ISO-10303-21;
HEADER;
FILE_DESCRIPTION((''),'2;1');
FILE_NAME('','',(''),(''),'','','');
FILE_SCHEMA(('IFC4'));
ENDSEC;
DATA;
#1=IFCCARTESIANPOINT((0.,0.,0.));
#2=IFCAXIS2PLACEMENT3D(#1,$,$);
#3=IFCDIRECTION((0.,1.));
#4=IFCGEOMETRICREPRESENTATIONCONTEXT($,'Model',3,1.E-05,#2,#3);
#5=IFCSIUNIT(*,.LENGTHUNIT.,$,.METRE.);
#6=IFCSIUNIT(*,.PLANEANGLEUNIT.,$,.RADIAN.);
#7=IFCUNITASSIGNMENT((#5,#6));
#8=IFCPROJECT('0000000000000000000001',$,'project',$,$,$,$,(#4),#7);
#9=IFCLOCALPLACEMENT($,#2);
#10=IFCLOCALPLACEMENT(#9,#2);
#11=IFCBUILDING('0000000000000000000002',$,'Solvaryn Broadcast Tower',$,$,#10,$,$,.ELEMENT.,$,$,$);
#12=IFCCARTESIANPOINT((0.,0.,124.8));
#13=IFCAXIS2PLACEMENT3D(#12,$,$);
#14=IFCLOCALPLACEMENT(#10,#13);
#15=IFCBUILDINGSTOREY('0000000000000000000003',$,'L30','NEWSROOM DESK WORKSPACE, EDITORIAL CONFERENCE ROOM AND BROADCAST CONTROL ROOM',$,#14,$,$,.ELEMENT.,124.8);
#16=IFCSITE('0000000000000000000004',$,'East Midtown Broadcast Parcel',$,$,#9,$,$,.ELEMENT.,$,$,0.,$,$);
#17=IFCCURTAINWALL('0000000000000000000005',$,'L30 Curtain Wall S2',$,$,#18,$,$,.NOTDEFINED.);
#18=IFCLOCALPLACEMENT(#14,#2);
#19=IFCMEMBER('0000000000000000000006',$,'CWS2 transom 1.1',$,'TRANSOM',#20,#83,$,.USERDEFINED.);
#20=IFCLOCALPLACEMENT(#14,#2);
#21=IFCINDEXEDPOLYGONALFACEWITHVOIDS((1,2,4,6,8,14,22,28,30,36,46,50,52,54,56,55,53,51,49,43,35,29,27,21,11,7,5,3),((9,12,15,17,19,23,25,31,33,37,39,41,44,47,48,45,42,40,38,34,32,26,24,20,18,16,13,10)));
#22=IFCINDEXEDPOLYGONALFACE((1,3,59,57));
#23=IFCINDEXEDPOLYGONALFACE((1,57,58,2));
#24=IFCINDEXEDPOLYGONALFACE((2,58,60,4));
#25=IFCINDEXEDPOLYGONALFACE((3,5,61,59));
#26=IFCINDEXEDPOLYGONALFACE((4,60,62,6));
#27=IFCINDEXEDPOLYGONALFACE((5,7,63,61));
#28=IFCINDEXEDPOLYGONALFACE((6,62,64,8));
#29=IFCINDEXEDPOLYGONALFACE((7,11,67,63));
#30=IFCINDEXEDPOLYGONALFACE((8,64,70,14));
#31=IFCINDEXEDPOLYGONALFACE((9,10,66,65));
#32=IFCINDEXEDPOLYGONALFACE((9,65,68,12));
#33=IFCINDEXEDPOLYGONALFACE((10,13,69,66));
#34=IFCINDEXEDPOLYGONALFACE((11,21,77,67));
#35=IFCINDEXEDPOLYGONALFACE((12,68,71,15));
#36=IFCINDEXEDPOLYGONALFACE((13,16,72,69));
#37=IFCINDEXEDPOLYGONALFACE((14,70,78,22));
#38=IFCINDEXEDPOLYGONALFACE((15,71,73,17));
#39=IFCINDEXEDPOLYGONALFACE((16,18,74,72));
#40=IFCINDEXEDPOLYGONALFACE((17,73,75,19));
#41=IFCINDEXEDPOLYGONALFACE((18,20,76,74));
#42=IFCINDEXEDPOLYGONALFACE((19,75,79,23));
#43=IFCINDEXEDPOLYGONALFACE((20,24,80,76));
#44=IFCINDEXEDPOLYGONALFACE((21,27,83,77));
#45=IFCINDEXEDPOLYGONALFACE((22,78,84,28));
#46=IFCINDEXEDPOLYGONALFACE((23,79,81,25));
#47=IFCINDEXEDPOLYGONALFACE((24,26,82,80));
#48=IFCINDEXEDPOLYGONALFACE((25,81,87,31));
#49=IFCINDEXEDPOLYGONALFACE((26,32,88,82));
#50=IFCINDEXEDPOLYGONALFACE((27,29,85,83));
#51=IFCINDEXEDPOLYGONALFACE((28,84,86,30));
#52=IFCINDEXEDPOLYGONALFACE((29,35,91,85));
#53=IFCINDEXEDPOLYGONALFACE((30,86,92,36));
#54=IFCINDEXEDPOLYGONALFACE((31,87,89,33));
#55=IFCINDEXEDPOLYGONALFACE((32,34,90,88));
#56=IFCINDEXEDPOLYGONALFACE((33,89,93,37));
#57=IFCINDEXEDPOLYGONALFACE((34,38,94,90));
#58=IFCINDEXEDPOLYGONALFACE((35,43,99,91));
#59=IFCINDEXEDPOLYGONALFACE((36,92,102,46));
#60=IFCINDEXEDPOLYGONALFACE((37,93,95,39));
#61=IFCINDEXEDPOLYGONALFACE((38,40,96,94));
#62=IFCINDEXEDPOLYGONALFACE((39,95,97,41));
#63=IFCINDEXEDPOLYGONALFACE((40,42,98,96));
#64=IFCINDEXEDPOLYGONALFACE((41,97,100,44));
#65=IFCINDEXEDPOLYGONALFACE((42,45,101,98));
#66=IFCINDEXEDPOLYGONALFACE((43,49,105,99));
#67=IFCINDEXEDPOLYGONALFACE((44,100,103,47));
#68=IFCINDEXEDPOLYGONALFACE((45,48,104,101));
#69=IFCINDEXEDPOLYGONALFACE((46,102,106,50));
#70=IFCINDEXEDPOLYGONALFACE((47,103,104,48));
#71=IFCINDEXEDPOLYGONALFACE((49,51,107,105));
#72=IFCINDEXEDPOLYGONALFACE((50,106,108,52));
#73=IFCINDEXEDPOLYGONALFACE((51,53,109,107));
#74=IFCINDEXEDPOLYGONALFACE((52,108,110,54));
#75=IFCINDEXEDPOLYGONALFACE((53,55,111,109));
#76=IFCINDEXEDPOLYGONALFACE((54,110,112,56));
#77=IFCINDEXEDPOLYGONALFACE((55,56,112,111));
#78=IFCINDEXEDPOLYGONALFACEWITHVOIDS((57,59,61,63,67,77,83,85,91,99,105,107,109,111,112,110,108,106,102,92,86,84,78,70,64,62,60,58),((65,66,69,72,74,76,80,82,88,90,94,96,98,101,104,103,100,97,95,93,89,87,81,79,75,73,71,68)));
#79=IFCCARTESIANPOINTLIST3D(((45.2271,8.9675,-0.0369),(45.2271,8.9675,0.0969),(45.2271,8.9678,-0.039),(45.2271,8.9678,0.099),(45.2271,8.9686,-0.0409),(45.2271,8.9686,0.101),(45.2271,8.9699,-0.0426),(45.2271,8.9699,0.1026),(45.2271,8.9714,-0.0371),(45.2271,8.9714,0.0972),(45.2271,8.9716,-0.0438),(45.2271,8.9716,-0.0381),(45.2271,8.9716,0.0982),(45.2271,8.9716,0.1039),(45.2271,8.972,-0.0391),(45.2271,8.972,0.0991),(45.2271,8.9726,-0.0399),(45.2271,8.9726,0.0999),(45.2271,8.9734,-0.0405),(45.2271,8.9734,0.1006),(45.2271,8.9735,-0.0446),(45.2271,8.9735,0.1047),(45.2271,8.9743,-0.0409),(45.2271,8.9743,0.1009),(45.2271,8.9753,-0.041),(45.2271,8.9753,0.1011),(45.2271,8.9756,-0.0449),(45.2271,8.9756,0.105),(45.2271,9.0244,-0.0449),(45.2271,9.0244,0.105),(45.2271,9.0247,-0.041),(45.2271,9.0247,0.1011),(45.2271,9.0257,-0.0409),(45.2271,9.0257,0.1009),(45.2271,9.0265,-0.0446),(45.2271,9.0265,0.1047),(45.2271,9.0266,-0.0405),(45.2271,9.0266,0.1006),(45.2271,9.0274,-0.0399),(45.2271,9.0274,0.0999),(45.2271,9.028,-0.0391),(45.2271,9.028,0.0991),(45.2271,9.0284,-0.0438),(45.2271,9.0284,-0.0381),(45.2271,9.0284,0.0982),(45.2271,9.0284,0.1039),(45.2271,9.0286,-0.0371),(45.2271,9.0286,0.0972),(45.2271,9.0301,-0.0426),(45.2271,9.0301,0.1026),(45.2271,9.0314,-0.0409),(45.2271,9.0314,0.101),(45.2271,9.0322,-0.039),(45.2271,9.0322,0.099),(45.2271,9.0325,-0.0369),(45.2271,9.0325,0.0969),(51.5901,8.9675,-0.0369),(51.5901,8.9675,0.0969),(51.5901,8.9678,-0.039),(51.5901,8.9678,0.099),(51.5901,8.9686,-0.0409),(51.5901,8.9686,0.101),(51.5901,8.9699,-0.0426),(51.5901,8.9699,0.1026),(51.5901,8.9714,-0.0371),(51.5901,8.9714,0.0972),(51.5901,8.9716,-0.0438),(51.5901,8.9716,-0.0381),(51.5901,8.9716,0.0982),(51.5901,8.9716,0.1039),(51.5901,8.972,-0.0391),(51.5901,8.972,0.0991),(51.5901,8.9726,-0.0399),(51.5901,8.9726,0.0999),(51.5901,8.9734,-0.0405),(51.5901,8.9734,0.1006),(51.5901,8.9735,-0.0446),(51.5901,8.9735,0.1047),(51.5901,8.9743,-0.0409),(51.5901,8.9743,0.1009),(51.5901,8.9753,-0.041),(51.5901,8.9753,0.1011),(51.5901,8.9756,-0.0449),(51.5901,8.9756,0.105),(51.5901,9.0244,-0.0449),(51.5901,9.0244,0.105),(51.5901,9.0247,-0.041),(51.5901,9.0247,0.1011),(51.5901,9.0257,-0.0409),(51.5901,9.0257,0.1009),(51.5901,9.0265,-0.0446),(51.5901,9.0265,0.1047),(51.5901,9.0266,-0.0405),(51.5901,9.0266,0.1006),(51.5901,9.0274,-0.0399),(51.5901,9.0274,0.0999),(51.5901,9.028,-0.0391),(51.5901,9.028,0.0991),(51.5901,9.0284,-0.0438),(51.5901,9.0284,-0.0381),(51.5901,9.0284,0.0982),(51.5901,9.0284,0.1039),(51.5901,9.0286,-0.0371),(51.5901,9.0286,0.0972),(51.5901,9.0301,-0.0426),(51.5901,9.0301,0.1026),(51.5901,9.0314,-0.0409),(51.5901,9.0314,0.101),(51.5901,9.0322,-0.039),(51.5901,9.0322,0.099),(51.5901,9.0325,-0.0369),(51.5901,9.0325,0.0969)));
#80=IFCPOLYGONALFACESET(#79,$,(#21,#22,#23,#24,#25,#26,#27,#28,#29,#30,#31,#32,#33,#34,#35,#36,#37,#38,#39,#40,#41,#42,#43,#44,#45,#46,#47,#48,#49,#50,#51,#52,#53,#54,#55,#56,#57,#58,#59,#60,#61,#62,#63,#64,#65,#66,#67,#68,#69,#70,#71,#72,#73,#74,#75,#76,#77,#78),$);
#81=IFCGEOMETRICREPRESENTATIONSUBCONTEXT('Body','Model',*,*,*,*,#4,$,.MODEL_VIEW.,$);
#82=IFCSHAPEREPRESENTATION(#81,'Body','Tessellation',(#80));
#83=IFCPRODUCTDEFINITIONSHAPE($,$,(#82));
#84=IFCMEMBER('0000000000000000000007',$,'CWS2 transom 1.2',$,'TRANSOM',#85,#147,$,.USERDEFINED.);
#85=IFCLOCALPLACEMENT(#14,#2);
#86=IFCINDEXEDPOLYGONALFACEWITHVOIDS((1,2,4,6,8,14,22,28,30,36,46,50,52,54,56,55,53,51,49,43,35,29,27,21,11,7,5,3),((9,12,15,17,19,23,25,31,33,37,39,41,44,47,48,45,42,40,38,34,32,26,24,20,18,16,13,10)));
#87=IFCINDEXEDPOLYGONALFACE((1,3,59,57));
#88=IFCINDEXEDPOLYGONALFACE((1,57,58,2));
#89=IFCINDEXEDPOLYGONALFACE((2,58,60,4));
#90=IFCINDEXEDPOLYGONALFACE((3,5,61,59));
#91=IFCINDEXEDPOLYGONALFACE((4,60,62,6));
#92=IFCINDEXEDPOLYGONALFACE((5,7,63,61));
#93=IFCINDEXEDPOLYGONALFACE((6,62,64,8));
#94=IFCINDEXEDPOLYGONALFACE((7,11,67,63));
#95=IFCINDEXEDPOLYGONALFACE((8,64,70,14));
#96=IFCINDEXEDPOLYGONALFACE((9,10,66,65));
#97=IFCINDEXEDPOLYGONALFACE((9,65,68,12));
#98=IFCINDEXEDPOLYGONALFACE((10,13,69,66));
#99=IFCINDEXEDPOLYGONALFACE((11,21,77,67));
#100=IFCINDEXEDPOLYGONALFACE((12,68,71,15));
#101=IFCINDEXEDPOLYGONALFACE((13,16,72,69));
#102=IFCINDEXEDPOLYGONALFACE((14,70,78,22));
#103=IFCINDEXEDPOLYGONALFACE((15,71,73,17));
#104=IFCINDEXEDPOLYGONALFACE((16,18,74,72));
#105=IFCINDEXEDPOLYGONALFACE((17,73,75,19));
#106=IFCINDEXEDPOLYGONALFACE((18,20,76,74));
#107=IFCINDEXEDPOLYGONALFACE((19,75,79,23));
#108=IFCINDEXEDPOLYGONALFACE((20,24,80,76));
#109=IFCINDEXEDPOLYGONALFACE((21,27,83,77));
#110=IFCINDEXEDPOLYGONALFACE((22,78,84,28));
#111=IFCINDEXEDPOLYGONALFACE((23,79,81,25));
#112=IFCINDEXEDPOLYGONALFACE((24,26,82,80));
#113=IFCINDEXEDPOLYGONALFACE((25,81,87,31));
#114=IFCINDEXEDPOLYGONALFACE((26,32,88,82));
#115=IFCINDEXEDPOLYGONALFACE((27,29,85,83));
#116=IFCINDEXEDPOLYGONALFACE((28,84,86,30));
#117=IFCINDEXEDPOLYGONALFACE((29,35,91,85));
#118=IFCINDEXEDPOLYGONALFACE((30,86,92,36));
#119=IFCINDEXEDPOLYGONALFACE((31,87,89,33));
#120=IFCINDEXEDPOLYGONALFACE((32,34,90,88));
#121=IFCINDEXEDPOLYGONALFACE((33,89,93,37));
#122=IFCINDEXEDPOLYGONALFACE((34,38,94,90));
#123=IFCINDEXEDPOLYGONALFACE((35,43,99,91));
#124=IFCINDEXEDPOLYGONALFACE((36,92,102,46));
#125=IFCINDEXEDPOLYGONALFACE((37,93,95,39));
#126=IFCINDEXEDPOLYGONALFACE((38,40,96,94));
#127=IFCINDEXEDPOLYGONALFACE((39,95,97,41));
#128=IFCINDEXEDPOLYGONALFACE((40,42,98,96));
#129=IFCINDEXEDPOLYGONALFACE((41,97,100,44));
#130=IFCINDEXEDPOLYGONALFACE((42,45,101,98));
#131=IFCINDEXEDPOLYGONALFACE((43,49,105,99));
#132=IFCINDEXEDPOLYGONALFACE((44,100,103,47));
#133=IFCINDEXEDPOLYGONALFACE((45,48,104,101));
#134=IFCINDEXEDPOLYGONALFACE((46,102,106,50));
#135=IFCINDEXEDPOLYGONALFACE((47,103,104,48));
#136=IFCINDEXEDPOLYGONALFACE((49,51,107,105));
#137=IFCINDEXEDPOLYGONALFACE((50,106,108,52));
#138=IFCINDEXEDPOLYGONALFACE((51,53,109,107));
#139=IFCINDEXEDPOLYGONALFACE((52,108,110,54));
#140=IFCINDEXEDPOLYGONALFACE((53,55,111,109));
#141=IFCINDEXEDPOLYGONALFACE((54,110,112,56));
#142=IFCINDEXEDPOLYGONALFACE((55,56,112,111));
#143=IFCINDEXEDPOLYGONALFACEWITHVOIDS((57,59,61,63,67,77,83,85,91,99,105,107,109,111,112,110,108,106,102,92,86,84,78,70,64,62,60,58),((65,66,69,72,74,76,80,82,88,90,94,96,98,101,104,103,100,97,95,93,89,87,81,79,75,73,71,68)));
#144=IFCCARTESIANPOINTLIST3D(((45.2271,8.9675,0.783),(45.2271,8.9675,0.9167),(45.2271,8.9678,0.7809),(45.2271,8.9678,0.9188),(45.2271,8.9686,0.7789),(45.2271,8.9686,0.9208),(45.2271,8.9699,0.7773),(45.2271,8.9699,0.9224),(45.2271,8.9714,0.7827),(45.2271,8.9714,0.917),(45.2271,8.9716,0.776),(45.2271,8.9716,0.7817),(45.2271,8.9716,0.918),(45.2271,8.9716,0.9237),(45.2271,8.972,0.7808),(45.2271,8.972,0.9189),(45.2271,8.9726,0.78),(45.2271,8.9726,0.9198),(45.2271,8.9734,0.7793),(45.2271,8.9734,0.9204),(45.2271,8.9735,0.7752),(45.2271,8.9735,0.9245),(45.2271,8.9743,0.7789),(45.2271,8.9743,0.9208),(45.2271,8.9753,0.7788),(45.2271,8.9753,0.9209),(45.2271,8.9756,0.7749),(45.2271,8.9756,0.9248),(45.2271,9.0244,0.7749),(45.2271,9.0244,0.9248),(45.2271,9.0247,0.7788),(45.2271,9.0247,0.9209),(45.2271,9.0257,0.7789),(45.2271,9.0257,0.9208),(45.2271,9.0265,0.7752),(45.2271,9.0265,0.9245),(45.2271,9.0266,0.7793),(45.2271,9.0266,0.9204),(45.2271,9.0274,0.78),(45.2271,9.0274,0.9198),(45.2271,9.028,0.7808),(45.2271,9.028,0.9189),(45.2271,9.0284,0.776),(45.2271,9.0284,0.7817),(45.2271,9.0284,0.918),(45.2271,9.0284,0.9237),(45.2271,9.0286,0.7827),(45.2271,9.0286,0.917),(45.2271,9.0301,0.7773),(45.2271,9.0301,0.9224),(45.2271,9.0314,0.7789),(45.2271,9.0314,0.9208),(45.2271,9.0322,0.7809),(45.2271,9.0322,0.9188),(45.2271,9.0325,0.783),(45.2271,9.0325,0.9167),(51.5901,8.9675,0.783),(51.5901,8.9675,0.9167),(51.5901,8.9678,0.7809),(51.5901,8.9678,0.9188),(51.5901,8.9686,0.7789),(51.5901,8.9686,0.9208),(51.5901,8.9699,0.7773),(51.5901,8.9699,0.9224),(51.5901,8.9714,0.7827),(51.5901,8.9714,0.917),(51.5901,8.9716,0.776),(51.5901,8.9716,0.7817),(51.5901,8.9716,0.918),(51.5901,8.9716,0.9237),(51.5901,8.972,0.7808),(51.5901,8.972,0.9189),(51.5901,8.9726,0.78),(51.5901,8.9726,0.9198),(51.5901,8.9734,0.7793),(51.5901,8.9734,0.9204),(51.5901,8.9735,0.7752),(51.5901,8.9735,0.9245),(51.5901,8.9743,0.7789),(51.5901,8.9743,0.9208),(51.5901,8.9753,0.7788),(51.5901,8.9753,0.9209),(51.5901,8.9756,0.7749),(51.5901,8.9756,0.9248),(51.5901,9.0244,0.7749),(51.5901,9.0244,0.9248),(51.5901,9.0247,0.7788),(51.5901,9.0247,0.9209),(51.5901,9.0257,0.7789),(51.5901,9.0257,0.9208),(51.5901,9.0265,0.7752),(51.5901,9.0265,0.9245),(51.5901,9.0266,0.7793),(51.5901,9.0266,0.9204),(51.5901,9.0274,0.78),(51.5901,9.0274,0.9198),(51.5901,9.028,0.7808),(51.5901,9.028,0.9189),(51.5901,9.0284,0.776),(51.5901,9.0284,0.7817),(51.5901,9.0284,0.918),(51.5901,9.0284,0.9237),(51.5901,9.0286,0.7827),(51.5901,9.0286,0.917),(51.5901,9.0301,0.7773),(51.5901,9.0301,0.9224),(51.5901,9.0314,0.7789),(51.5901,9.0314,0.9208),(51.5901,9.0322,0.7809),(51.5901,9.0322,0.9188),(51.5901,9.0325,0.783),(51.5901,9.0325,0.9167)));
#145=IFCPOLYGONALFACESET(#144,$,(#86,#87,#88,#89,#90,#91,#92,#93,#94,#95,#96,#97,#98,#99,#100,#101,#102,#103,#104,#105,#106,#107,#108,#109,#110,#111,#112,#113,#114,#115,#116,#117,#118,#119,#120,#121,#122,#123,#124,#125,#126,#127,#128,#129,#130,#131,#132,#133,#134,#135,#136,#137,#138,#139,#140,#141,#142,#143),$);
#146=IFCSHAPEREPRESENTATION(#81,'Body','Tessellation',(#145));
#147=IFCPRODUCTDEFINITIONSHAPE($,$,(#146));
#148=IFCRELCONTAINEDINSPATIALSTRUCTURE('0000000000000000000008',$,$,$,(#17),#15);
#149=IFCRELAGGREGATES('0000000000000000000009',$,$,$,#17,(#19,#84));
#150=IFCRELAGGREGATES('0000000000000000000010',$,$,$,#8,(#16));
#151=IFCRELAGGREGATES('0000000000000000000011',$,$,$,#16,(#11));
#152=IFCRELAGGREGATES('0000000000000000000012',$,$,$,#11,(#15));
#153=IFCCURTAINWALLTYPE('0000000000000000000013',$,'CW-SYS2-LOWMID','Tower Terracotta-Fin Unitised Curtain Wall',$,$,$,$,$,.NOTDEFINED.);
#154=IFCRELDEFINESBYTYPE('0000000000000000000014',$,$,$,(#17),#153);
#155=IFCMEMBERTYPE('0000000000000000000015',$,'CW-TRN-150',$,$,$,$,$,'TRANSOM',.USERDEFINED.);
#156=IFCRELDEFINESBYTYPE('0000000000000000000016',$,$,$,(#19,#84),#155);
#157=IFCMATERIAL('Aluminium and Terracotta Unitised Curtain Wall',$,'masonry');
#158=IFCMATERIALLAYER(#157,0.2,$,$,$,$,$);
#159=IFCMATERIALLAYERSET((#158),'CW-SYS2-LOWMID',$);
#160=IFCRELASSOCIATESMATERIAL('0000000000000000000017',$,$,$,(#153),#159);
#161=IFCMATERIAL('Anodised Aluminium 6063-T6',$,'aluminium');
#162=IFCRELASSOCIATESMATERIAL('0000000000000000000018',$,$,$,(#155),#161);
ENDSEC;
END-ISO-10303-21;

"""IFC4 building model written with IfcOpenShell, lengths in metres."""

from ifc_helpers import new_model, si_unit, direction, frame, origin, origin_2d, place, context, subcontext, project, spatial, hollow_rectangle, extrude, material, layer, layer_set, material_profile, profile_set, type_object, element, aggregate, save


model = new_model("IFC4")

# Units and contexts
model_context = context("Model", 3, precision=1e-05, world=origin(), true_north=direction((0.0, 1.0)))
body_context = subcontext(model_context, "Body", "Model", "MODEL_VIEW")
ifc_project = project(units=[si_unit("LENGTHUNIT", "METRE"), si_unit("PLANEANGLEUNIT", "RADIAN")], contexts=[model_context])

# Site, building, storey
site_placement = place(None, origin())
site = spatial("IfcSite", under=ifc_project, at=site_placement, Name="East Midtown Broadcast Parcel", CompositionType="ELEMENT", RefElevation=0.0)
building_placement = place(site_placement, origin())
building = spatial("IfcBuilding", under=site, at=building_placement, Name="Solvaryn Broadcast Tower", CompositionType="ELEMENT")
storey_placement = place(building_placement, frame((0.0, 0.0, 124.8)))
storey = spatial("IfcBuildingStorey", under=building, at=storey_placement, Name="L30", Description="NEWSROOM DESK WORKSPACE, EDITORIAL CONFERENCE ROOM AND BROADCAST CONTROL ROOM", CompositionType="ELEMENT", Elevation=124.8)

# Curtain wall
ifc_material_1 = material(Name="Aluminium and Terracotta Unitised Curtain Wall", Category="masonry")
ifc_layer_1 = layer(ifc_material_1, 0.2)
ifc_layer_set_1 = layer_set([ifc_layer_1], Name="CW-SYS2-LOWMID")
curtain_wall_type = type_object("IfcCurtainWallType", Name="CW-SYS2-LOWMID", Description="Tower Terracotta-Fin Unitised Curtain Wall", PredefinedType="NOTDEFINED", material=ifc_layer_set_1)
curtain_wall_1_placement = place(storey_placement, origin())
curtain_wall_1 = element("IfcCurtainWall", 1, at=curtain_wall_1_placement, inside=storey, type_object=curtain_wall_type, Name="L30 Curtain Wall S2", PredefinedType="NOTDEFINED")

# Members
ifc_material_2 = material(Name="Anodised Aluminium 6063-T6", Category="aluminium")
ifc_material_profile_1 = material_profile(ifc_material_2, hollow_rectangle(XDim=0.0649, YDim=0.1499, WallThickness=0.0039, InnerFilletRadius=0.0039, OuterFilletRadius=0.0081, at=origin_2d()))
ifc_profile_set_1 = profile_set([ifc_material_profile_1], Name="Anodised Aluminium 6063-T6")
member_type_1 = type_object("IfcMemberType", Name="CW-TRN-150", ElementType="TRANSOM", PredefinedType="USERDEFINED", material=ifc_profile_set_1)
member_1_placement = place(storey_placement, frame((45.2271, 9.0, 0.03), z_axis=(1.0, 0.0, 0.0), x_axis=(0.0, 1.0, 0.0)))
member_1 = element("IfcMember", 2, at=member_1_placement, type_object=member_type_1, Name="CWS2 transom 1.1", ObjectType="TRANSOM", PredefinedType="USERDEFINED", context=body_context, shape_type="SweptSolid", body=[
    extrude(hollow_rectangle(XDim=0.0649, YDim=0.1499, WallThickness=0.0039, InnerFilletRadius=0.0039, OuterFilletRadius=0.0081, at=origin_2d()), origin(), (0.0, 0.0, 1.0), 6.363),
])
member_2_placement = place(storey_placement, frame((45.2271, 9.0, 0.8499), z_axis=(1.0, 0.0, 0.0), x_axis=(0.0, 1.0, 0.0)))
member_2 = element("IfcMember", 3, at=member_2_placement, type_object=member_type_1, Name="CWS2 transom 1.2", ObjectType="TRANSOM", PredefinedType="USERDEFINED", context=body_context, shape_type="SweptSolid", body=[
    extrude(hollow_rectangle(XDim=0.0649, YDim=0.1499, WallThickness=0.0039, InnerFilletRadius=0.0039, OuterFilletRadius=0.0081, at=origin_2d()), origin(), (0.0, 0.0, 1.0), 6.363),
])

aggregate(curtain_wall_1, [member_1, member_2])

save(model, "model.ifc")
